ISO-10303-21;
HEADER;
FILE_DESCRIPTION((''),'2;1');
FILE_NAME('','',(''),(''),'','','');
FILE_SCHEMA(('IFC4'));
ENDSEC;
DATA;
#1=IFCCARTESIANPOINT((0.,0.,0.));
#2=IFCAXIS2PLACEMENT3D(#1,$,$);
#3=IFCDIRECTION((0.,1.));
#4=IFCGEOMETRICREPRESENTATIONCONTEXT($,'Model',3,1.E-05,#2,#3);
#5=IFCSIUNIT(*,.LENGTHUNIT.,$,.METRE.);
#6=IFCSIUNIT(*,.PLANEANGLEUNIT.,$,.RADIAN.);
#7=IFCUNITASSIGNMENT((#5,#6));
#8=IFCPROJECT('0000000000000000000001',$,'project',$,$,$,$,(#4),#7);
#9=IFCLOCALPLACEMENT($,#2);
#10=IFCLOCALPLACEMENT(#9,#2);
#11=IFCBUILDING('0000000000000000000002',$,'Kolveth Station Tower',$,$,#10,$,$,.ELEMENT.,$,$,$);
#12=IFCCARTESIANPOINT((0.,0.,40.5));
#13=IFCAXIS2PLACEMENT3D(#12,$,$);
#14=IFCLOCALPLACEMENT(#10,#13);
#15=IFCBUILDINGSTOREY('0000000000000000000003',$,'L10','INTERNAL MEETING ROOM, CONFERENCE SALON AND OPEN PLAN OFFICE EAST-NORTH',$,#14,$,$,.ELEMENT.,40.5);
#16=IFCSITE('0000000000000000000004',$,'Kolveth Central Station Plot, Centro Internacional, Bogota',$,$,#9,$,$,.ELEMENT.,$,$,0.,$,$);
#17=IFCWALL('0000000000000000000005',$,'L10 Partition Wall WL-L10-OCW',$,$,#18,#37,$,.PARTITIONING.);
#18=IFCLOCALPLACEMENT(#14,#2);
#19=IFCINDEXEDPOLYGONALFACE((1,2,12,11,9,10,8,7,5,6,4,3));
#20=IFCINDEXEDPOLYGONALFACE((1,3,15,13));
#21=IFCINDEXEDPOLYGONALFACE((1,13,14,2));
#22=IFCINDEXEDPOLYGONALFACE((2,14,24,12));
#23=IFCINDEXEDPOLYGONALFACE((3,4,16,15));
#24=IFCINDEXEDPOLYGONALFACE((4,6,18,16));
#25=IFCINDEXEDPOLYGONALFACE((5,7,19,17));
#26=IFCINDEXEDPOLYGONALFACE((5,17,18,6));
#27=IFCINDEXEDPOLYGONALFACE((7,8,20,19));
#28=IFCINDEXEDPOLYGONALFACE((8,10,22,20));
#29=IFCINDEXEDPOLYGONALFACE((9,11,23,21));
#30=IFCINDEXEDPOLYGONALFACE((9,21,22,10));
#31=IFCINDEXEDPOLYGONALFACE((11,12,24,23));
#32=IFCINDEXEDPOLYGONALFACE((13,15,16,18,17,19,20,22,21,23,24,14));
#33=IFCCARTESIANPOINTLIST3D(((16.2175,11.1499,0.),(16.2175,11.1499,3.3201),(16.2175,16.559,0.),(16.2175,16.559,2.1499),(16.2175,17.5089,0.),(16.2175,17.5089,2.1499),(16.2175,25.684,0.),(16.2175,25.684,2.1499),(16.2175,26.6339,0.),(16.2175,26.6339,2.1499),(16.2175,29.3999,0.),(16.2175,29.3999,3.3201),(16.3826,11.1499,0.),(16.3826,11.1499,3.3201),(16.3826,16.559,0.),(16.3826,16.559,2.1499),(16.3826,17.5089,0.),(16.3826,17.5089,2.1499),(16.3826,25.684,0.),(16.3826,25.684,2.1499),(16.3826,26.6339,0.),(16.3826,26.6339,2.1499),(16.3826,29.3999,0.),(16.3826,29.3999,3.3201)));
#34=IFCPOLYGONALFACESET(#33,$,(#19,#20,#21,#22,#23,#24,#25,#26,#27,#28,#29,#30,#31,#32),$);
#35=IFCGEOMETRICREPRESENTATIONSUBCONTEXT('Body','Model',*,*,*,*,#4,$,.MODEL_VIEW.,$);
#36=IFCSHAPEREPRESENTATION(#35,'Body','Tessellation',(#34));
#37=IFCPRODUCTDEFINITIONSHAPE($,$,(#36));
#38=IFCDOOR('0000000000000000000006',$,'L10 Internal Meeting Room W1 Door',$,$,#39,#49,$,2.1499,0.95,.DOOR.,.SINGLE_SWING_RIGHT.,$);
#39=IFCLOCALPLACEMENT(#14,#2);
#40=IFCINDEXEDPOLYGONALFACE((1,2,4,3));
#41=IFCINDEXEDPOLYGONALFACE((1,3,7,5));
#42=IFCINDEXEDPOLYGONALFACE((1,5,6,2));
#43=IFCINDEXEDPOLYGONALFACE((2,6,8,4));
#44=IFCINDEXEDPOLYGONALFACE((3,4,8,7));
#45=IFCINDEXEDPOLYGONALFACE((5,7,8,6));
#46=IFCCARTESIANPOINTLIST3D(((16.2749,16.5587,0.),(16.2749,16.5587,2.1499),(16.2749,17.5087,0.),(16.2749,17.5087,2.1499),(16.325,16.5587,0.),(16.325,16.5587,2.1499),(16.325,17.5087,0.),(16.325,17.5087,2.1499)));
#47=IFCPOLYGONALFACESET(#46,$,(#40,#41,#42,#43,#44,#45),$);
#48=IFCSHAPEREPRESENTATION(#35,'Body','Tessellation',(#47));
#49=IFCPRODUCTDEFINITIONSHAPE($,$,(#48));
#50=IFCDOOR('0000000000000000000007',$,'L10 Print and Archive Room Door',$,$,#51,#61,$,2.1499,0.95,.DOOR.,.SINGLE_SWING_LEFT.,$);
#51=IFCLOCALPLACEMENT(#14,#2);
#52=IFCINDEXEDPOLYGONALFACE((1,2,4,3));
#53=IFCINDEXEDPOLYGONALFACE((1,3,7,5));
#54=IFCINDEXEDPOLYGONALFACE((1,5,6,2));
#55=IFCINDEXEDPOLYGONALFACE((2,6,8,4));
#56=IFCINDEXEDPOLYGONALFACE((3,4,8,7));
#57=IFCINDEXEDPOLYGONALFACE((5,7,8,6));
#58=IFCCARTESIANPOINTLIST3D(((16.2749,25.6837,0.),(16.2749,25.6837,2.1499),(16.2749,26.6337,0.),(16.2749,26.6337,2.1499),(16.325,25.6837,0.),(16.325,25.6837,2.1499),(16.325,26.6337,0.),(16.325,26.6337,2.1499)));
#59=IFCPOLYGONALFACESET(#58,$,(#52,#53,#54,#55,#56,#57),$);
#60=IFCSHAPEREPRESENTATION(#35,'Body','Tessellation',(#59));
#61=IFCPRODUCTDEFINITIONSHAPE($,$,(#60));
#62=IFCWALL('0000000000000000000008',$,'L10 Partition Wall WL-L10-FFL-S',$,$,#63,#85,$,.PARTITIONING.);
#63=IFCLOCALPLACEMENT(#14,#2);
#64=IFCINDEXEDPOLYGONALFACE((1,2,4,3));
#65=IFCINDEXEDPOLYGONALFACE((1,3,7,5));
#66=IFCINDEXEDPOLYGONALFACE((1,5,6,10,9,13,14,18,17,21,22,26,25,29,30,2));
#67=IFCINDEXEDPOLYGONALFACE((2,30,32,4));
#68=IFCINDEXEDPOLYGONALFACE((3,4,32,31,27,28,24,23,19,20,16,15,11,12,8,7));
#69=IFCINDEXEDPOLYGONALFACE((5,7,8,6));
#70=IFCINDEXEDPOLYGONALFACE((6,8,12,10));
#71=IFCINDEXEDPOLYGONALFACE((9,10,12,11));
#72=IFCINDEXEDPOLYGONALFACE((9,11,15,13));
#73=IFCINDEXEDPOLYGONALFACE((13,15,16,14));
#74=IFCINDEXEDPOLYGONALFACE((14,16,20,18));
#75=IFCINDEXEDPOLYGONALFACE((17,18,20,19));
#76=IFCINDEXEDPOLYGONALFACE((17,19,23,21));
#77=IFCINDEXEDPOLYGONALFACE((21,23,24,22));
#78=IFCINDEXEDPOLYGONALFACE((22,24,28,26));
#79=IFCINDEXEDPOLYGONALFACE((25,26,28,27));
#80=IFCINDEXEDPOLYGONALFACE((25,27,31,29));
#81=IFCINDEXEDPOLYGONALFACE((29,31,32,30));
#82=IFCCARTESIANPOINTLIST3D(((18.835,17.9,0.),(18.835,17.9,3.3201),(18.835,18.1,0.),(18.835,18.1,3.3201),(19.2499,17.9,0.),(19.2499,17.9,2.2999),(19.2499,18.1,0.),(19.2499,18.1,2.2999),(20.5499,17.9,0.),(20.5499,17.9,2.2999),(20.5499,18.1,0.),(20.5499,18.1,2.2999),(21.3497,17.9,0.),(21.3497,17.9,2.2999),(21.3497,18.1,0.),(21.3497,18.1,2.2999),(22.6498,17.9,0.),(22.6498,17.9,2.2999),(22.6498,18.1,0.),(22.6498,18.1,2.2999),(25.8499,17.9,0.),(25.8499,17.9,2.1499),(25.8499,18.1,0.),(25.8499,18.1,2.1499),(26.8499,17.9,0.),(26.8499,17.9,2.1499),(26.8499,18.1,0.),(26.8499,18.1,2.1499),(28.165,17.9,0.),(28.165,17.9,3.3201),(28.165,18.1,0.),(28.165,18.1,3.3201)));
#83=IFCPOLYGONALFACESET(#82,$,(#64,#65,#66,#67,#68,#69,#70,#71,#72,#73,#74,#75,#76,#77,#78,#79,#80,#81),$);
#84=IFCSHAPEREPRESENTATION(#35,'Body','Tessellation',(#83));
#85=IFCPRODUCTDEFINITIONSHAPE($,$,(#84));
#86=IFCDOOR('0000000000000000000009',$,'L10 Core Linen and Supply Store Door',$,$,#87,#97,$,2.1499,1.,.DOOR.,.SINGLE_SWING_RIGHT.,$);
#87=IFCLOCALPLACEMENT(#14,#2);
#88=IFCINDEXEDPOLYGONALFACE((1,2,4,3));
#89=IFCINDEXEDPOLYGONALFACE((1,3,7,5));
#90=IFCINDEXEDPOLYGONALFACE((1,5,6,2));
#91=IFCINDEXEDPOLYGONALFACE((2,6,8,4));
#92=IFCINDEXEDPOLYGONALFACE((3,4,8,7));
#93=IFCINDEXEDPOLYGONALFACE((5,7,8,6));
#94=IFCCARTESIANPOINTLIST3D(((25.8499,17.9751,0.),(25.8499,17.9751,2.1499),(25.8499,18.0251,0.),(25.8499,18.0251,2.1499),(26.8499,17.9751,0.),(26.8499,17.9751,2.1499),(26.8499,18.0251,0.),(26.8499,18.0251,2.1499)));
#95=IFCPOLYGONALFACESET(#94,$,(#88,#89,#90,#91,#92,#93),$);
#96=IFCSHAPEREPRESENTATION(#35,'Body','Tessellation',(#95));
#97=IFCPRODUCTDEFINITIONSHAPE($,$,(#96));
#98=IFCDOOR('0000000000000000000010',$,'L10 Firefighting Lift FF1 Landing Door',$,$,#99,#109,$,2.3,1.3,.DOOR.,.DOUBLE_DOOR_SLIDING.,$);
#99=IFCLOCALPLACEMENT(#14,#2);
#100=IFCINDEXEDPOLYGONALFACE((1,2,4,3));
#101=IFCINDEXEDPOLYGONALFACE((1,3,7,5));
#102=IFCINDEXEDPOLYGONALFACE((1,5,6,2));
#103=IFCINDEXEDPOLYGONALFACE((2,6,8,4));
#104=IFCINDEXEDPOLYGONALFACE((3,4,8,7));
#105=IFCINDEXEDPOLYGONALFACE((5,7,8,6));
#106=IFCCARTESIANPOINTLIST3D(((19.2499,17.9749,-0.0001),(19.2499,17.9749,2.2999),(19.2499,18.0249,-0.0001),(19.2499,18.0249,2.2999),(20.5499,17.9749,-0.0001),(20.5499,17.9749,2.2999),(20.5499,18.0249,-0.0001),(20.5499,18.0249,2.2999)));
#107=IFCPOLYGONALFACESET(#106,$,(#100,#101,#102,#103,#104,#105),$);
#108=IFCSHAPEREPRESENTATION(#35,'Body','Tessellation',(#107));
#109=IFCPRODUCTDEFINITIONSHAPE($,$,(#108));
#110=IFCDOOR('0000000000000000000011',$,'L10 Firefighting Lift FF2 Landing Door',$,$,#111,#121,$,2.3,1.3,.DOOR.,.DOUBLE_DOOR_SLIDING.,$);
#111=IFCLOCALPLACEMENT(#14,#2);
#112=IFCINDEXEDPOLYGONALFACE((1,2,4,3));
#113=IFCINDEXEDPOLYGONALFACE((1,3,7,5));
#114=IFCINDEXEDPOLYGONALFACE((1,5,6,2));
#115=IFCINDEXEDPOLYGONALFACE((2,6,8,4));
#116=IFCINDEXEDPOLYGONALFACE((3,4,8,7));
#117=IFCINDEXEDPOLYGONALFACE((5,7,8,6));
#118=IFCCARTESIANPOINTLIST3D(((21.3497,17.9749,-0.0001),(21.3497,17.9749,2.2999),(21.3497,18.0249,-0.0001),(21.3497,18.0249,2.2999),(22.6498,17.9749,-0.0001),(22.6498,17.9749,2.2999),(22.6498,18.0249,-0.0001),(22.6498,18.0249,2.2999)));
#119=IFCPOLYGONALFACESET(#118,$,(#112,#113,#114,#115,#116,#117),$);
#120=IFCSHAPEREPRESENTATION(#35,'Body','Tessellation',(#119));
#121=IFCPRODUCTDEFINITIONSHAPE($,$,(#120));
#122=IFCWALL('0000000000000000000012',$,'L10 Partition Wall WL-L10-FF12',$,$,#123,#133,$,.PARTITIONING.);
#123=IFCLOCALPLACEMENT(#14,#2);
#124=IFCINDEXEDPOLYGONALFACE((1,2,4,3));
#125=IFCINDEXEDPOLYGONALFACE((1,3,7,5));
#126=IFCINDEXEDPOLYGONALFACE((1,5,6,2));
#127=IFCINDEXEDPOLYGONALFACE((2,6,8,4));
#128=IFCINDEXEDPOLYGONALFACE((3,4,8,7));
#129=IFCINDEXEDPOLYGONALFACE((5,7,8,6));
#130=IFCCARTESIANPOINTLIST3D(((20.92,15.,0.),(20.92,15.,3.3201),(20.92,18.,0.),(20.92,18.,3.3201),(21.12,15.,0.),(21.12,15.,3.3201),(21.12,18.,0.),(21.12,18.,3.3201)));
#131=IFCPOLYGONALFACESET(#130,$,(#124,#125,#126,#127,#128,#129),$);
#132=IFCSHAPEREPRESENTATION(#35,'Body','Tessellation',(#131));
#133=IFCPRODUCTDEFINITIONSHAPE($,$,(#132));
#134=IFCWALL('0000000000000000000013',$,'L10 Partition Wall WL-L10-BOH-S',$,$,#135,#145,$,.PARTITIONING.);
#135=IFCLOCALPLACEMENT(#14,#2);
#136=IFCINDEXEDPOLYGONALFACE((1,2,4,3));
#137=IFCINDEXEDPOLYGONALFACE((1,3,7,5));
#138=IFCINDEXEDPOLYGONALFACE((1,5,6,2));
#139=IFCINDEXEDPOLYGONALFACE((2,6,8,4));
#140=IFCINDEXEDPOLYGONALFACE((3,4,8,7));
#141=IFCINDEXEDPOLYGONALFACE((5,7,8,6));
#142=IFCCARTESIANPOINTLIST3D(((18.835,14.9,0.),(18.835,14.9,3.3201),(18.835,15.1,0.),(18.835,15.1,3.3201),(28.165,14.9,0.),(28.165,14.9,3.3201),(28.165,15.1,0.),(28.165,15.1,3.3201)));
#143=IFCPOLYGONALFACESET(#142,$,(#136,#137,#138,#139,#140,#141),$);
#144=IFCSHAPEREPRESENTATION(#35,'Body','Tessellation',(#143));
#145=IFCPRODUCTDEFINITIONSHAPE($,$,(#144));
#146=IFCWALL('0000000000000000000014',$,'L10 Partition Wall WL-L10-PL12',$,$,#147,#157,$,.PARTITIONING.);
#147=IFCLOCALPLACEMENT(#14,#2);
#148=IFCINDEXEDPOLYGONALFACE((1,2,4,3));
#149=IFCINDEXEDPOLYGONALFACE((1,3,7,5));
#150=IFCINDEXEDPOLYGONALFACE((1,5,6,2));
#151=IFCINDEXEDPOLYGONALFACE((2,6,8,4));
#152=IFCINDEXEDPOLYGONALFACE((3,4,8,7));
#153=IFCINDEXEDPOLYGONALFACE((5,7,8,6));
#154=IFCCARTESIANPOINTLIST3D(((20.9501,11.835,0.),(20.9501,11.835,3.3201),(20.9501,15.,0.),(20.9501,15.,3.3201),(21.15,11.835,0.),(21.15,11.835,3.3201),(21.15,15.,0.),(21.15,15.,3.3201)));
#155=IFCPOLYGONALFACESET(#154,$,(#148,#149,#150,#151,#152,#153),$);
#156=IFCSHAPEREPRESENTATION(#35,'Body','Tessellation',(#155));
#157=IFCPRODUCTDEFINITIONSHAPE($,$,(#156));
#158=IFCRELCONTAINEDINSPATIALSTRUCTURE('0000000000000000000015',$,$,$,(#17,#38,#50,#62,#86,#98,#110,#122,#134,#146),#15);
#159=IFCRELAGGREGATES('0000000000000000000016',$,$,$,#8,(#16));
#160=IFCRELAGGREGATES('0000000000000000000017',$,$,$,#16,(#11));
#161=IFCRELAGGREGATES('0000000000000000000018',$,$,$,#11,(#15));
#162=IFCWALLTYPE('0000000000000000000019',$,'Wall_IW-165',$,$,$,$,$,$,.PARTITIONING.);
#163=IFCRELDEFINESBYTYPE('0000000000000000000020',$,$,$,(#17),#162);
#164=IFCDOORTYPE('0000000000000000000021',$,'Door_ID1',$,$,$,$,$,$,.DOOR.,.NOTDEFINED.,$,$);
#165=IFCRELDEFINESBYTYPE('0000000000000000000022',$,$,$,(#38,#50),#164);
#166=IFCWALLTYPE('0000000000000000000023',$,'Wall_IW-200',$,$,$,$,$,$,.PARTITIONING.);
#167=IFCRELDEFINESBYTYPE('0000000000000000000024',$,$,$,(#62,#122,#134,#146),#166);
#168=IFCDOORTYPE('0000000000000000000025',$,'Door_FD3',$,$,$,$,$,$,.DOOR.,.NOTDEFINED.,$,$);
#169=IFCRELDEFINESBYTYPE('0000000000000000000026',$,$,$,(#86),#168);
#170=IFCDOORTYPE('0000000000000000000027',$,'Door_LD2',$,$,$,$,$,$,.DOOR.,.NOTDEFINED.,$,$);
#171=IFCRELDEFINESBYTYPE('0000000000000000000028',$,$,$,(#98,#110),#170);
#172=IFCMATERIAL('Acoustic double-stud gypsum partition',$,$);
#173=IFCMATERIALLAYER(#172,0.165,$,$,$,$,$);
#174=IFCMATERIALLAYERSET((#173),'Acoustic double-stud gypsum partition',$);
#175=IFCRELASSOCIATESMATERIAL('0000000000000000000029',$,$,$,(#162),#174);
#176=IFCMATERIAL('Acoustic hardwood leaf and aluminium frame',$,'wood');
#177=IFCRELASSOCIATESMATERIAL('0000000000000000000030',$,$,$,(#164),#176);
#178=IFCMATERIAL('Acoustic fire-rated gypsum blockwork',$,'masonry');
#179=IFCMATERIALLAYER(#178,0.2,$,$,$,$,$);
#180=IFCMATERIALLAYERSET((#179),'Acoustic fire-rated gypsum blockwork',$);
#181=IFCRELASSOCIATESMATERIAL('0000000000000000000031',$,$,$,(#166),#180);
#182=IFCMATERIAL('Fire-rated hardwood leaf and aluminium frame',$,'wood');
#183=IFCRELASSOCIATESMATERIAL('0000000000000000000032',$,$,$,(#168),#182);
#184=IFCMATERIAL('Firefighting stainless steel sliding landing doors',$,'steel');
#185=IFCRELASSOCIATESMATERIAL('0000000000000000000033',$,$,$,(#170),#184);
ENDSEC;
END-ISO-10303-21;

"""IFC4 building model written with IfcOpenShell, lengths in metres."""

from ifc_helpers import new_model, si_unit, direction, frame, frame_2d, origin, place, context, subcontext, project, spatial, rectangle, extrude, material, layer, layer_set, type_object, element, fill, save


model = new_model("IFC4")

# Units and contexts
model_context = context("Model", 3, precision=1e-05, world=origin(), true_north=direction((0.0, 1.0)))
body_context = subcontext(model_context, "Body", "Model", "MODEL_VIEW")
ifc_project = project(units=[si_unit("LENGTHUNIT", "METRE"), si_unit("PLANEANGLEUNIT", "RADIAN")], contexts=[model_context])

# Site, building, storey
site_placement = place(None, origin())
site = spatial("IfcSite", under=ifc_project, at=site_placement, Name="Kolveth Central Station Plot, Centro Internacional, Bogota", CompositionType="ELEMENT", RefElevation=0.0)
building_placement = place(site_placement, origin())
building = spatial("IfcBuilding", under=site, at=building_placement, Name="Kolveth Station Tower", CompositionType="ELEMENT")
storey_placement = place(building_placement, frame((0.0, 0.0, 40.5)))
storey = spatial("IfcBuildingStorey", under=building, at=storey_placement, Name="L10", Description="INTERNAL MEETING ROOM, CONFERENCE SALON AND OPEN PLAN OFFICE EAST-NORTH", CompositionType="ELEMENT", Elevation=40.5)

# Walls, openings, doors
ifc_material_1 = material(Name="Acoustic double-stud gypsum partition")
ifc_layer_1 = layer(ifc_material_1, 0.165)
ifc_layer_set_1 = layer_set([ifc_layer_1], Name="Acoustic double-stud gypsum partition")
wall_type_1 = type_object("IfcWallType", Name="Wall_IW-165", PredefinedType="PARTITIONING", material=ifc_layer_set_1)
wall_1_placement = place(storey_placement, frame((16.3, 11.1499, 0.0), z_axis=(0.0, 0.0, 1.0), x_axis=(0.0, 1.0, 0.0)))
wall_1 = element("IfcWall", 1, at=wall_1_placement, inside=storey, type_object=wall_type_1, Name="L10 Partition Wall WL-L10-OCW", PredefinedType="PARTITIONING", context=body_context, shape_type="SweptSolid", body=[
    extrude(rectangle(XDim=18.25, YDim=0.165, at=frame_2d((9.125, 0.0))), origin(), (0.0, 0.0, 1.0), 3.3201),
])
opening_1_placement = place(wall_1_placement, frame((5.4089, 0.0, 0.0)))
opening_1 = element("IfcOpeningElement", 2, at=opening_1_placement, cuts=wall_1, PredefinedType="OPENING", context=body_context, shape_type="SweptSolid", body=[
    extrude(rectangle(XDim=0.95, YDim=2.1499, at=frame_2d((0.4751, 1.075))), frame((0.0, 0.0925, 0.0), z_axis=(0.0, -1.0, 0.0), x_axis=(1.0, 0.0, 0.0)), (0.0, 0.0, 1.0), 0.1851),
])
opening_2_placement = place(wall_1_placement, frame((14.5339, 0.0, 0.0)))
opening_2 = element("IfcOpeningElement", 3, at=opening_2_placement, cuts=wall_1, PredefinedType="OPENING", context=body_context, shape_type="SweptSolid", body=[
    extrude(rectangle(XDim=0.95, YDim=2.1499, at=frame_2d((0.4751, 1.075))), frame((0.0, 0.0925, 0.0), z_axis=(0.0, -1.0, 0.0), x_axis=(1.0, 0.0, 0.0)), (0.0, 0.0, 1.0), 0.1851),
])
ifc_material_2 = material(Name="Acoustic hardwood leaf and aluminium frame", Category="wood")
door_type_1 = type_object("IfcDoorType", Name="Door_ID1", OperationType="NOTDEFINED", PredefinedType="DOOR", material=ifc_material_2)
door_1_placement = place(opening_1_placement, frame((0.95, 0.0, 0.0), z_axis=(0.0, 0.0, 1.0), x_axis=(-1.0, 0.0, 0.0)))
door_1 = element("IfcDoor", 4, at=door_1_placement, inside=storey, type_object=door_type_1, Name="L10 Internal Meeting Room W1 Door", OperationType="SINGLE_SWING_RIGHT", OverallHeight=2.1499, OverallWidth=0.95, PredefinedType="DOOR", context=body_context, shape_type="SweptSolid", body=[
    extrude(rectangle(XDim=0.95, YDim=2.1499, at=frame_2d((0.4751, 1.075))), frame((0.0, 0.0249, 0.0), z_axis=(0.0, -1.0, 0.0), x_axis=(1.0, 0.0, 0.0)), (0.0, 0.0, 1.0), 0.05),
])
fill(opening_1, door_1)
door_2_placement = place(opening_2_placement, frame((0.95, 0.0, 0.0), z_axis=(0.0, 0.0, 1.0), x_axis=(-1.0, 0.0, 0.0)))
door_2 = element("IfcDoor", 5, at=door_2_placement, inside=storey, type_object=door_type_1, Name="L10 Print and Archive Room Door", OperationType="SINGLE_SWING_LEFT", OverallHeight=2.1499, OverallWidth=0.95, PredefinedType="DOOR", context=body_context, shape_type="SweptSolid", body=[
    extrude(rectangle(XDim=0.95, YDim=2.1499, at=frame_2d((0.4751, 1.075))), frame((0.0, 0.0249, 0.0), z_axis=(0.0, -1.0, 0.0), x_axis=(1.0, 0.0, 0.0)), (0.0, 0.0, 1.0), 0.05),
])
fill(opening_2, door_2)
ifc_material_3 = material(Name="Acoustic fire-rated gypsum blockwork", Category="masonry")
ifc_layer_2 = layer(ifc_material_3, 0.2)
ifc_layer_set_2 = layer_set([ifc_layer_2], Name="Acoustic fire-rated gypsum blockwork")
wall_type_2 = type_object("IfcWallType", Name="Wall_IW-200", PredefinedType="PARTITIONING", material=ifc_layer_set_2)
wall_2_placement = place(storey_placement, frame((18.835, 18.0, 0.0), z_axis=(0.0, 0.0, 1.0), x_axis=(1.0, 0.0, 0.0)))
wall_2 = element("IfcWall", 6, at=wall_2_placement, inside=storey, type_object=wall_type_2, Name="L10 Partition Wall WL-L10-FFL-S", PredefinedType="PARTITIONING", context=body_context, shape_type="SweptSolid", body=[
    extrude(rectangle(XDim=9.3301, YDim=0.2, at=frame_2d((4.665, 0.0))), origin(), (0.0, 0.0, 1.0), 3.3201),
])
opening_3_placement = place(wall_2_placement, frame((0.415, 0.0, 0.0)))
opening_3 = element("IfcOpeningElement", 7, at=opening_3_placement, cuts=wall_2, PredefinedType="OPENING", context=body_context, shape_type="SweptSolid", body=[
    extrude(rectangle(XDim=1.3, YDim=2.3, at=frame_2d((0.6499, 1.1499))), frame((0.0, 0.1099, 0.0), z_axis=(0.0, -1.0, 0.0), x_axis=(1.0, 0.0, 0.0)), (0.0, 0.0, 1.0), 0.22),
])
opening_4_placement = place(wall_2_placement, frame((2.5149, 0.0, 0.0)))
opening_4 = element("IfcOpeningElement", 8, at=opening_4_placement, cuts=wall_2, PredefinedType="OPENING", context=body_context, shape_type="SweptSolid", body=[
    extrude(rectangle(XDim=1.3, YDim=2.3, at=frame_2d((0.6499, 1.1499))), frame((0.0, 0.1099, 0.0), z_axis=(0.0, -1.0, 0.0), x_axis=(1.0, 0.0, 0.0)), (0.0, 0.0, 1.0), 0.22),
])
opening_5_placement = place(wall_2_placement, frame((7.0149, 0.0, 0.0)))
opening_5 = element("IfcOpeningElement", 9, at=opening_5_placement, cuts=wall_2, PredefinedType="OPENING", context=body_context, shape_type="SweptSolid", body=[
    extrude(rectangle(XDim=1.0, YDim=2.1499, at=frame_2d((0.5, 1.075))), frame((0.0, 0.1099, 0.0), z_axis=(0.0, -1.0, 0.0), x_axis=(1.0, 0.0, 0.0)), (0.0, 0.0, 1.0), 0.22),
])
ifc_material_4 = material(Name="Fire-rated hardwood leaf and aluminium frame", Category="wood")
door_type_2 = type_object("IfcDoorType", Name="Door_FD3", OperationType="NOTDEFINED", PredefinedType="DOOR", material=ifc_material_4)
door_3_placement = place(opening_5_placement, frame((1.0, 0.0, 0.0), z_axis=(0.0, 0.0, 1.0), x_axis=(-1.0, 0.0, 0.0)))
door_3 = element("IfcDoor", 10, at=door_3_placement, inside=storey, type_object=door_type_2, Name="L10 Core Linen and Supply Store Door", OperationType="SINGLE_SWING_RIGHT", OverallHeight=2.1499, OverallWidth=1.0, PredefinedType="DOOR", context=body_context, shape_type="SweptSolid", body=[
    extrude(rectangle(XDim=1.0, YDim=2.1499, at=frame_2d((0.5, 1.075))), frame((0.0, 0.0249, 0.0), z_axis=(0.0, -1.0, 0.0), x_axis=(1.0, 0.0, 0.0)), (0.0, 0.0, 1.0), 0.05),
])
fill(opening_5, door_3)
ifc_material_5 = material(Name="Firefighting stainless steel sliding landing doors", Category="steel")
door_type_3 = type_object("IfcDoorType", Name="Door_LD2", OperationType="NOTDEFINED", PredefinedType="DOOR", material=ifc_material_5)
door_4_placement = place(opening_3_placement, origin())
door_4 = element("IfcDoor", 11, at=door_4_placement, inside=storey, type_object=door_type_3, Name="L10 Firefighting Lift FF1 Landing Door", OperationType="DOUBLE_DOOR_SLIDING", OverallHeight=2.3, OverallWidth=1.3, PredefinedType="DOOR", context=body_context, shape_type="SweptSolid", body=[
    extrude(rectangle(XDim=1.3, YDim=2.3, at=frame_2d((0.6499, 1.1499))), frame((0.0, 0.0249, 0.0), z_axis=(0.0, -1.0, 0.0), x_axis=(1.0, 0.0, 0.0)), (0.0, 0.0, 1.0), 0.05),
])
fill(opening_3, door_4)
door_5_placement = place(opening_4_placement, origin())
door_5 = element("IfcDoor", 12, at=door_5_placement, inside=storey, type_object=door_type_3, Name="L10 Firefighting Lift FF2 Landing Door", OperationType="DOUBLE_DOOR_SLIDING", OverallHeight=2.3, OverallWidth=1.3, PredefinedType="DOOR", context=body_context, shape_type="SweptSolid", body=[
    extrude(rectangle(XDim=1.3, YDim=2.3, at=frame_2d((0.6499, 1.1499))), frame((0.0, 0.0249, 0.0), z_axis=(0.0, -1.0, 0.0), x_axis=(1.0, 0.0, 0.0)), (0.0, 0.0, 1.0), 0.05),
])
fill(opening_4, door_5)

# Walls
wall_3_placement = place(storey_placement, frame((21.02, 15.0, 0.0), z_axis=(0.0, 0.0, 1.0), x_axis=(0.0, 1.0, 0.0)))
element("IfcWall", 13, at=wall_3_placement, inside=storey, type_object=wall_type_2, Name="L10 Partition Wall WL-L10-FF12", PredefinedType="PARTITIONING", context=body_context, shape_type="SweptSolid", body=[
    extrude(rectangle(XDim=3.0, YDim=0.2, at=frame_2d((1.5, 0.0))), origin(), (0.0, 0.0, 1.0), 3.3201),
])
wall_4_placement = place(storey_placement, frame((18.835, 15.0, 0.0), z_axis=(0.0, 0.0, 1.0), x_axis=(1.0, 0.0, 0.0)))
element("IfcWall", 14, at=wall_4_placement, inside=storey, type_object=wall_type_2, Name="L10 Partition Wall WL-L10-BOH-S", PredefinedType="PARTITIONING", context=body_context, shape_type="SweptSolid", body=[
    extrude(rectangle(XDim=9.3301, YDim=0.2, at=frame_2d((4.665, 0.0))), origin(), (0.0, 0.0, 1.0), 3.3201),
])
wall_5_placement = place(storey_placement, frame((21.05, 11.835, 0.0), z_axis=(0.0, 0.0, 1.0), x_axis=(0.0, 1.0, 0.0)))
element("IfcWall", 15, at=wall_5_placement, inside=storey, type_object=wall_type_2, Name="L10 Partition Wall WL-L10-PL12", PredefinedType="PARTITIONING", context=body_context, shape_type="SweptSolid", body=[
    extrude(rectangle(XDim=3.165, YDim=0.2, at=frame_2d((1.5825, 0.0))), origin(), (0.0, 0.0, 1.0), 3.3201),
])

save(model, "model.ifc")
